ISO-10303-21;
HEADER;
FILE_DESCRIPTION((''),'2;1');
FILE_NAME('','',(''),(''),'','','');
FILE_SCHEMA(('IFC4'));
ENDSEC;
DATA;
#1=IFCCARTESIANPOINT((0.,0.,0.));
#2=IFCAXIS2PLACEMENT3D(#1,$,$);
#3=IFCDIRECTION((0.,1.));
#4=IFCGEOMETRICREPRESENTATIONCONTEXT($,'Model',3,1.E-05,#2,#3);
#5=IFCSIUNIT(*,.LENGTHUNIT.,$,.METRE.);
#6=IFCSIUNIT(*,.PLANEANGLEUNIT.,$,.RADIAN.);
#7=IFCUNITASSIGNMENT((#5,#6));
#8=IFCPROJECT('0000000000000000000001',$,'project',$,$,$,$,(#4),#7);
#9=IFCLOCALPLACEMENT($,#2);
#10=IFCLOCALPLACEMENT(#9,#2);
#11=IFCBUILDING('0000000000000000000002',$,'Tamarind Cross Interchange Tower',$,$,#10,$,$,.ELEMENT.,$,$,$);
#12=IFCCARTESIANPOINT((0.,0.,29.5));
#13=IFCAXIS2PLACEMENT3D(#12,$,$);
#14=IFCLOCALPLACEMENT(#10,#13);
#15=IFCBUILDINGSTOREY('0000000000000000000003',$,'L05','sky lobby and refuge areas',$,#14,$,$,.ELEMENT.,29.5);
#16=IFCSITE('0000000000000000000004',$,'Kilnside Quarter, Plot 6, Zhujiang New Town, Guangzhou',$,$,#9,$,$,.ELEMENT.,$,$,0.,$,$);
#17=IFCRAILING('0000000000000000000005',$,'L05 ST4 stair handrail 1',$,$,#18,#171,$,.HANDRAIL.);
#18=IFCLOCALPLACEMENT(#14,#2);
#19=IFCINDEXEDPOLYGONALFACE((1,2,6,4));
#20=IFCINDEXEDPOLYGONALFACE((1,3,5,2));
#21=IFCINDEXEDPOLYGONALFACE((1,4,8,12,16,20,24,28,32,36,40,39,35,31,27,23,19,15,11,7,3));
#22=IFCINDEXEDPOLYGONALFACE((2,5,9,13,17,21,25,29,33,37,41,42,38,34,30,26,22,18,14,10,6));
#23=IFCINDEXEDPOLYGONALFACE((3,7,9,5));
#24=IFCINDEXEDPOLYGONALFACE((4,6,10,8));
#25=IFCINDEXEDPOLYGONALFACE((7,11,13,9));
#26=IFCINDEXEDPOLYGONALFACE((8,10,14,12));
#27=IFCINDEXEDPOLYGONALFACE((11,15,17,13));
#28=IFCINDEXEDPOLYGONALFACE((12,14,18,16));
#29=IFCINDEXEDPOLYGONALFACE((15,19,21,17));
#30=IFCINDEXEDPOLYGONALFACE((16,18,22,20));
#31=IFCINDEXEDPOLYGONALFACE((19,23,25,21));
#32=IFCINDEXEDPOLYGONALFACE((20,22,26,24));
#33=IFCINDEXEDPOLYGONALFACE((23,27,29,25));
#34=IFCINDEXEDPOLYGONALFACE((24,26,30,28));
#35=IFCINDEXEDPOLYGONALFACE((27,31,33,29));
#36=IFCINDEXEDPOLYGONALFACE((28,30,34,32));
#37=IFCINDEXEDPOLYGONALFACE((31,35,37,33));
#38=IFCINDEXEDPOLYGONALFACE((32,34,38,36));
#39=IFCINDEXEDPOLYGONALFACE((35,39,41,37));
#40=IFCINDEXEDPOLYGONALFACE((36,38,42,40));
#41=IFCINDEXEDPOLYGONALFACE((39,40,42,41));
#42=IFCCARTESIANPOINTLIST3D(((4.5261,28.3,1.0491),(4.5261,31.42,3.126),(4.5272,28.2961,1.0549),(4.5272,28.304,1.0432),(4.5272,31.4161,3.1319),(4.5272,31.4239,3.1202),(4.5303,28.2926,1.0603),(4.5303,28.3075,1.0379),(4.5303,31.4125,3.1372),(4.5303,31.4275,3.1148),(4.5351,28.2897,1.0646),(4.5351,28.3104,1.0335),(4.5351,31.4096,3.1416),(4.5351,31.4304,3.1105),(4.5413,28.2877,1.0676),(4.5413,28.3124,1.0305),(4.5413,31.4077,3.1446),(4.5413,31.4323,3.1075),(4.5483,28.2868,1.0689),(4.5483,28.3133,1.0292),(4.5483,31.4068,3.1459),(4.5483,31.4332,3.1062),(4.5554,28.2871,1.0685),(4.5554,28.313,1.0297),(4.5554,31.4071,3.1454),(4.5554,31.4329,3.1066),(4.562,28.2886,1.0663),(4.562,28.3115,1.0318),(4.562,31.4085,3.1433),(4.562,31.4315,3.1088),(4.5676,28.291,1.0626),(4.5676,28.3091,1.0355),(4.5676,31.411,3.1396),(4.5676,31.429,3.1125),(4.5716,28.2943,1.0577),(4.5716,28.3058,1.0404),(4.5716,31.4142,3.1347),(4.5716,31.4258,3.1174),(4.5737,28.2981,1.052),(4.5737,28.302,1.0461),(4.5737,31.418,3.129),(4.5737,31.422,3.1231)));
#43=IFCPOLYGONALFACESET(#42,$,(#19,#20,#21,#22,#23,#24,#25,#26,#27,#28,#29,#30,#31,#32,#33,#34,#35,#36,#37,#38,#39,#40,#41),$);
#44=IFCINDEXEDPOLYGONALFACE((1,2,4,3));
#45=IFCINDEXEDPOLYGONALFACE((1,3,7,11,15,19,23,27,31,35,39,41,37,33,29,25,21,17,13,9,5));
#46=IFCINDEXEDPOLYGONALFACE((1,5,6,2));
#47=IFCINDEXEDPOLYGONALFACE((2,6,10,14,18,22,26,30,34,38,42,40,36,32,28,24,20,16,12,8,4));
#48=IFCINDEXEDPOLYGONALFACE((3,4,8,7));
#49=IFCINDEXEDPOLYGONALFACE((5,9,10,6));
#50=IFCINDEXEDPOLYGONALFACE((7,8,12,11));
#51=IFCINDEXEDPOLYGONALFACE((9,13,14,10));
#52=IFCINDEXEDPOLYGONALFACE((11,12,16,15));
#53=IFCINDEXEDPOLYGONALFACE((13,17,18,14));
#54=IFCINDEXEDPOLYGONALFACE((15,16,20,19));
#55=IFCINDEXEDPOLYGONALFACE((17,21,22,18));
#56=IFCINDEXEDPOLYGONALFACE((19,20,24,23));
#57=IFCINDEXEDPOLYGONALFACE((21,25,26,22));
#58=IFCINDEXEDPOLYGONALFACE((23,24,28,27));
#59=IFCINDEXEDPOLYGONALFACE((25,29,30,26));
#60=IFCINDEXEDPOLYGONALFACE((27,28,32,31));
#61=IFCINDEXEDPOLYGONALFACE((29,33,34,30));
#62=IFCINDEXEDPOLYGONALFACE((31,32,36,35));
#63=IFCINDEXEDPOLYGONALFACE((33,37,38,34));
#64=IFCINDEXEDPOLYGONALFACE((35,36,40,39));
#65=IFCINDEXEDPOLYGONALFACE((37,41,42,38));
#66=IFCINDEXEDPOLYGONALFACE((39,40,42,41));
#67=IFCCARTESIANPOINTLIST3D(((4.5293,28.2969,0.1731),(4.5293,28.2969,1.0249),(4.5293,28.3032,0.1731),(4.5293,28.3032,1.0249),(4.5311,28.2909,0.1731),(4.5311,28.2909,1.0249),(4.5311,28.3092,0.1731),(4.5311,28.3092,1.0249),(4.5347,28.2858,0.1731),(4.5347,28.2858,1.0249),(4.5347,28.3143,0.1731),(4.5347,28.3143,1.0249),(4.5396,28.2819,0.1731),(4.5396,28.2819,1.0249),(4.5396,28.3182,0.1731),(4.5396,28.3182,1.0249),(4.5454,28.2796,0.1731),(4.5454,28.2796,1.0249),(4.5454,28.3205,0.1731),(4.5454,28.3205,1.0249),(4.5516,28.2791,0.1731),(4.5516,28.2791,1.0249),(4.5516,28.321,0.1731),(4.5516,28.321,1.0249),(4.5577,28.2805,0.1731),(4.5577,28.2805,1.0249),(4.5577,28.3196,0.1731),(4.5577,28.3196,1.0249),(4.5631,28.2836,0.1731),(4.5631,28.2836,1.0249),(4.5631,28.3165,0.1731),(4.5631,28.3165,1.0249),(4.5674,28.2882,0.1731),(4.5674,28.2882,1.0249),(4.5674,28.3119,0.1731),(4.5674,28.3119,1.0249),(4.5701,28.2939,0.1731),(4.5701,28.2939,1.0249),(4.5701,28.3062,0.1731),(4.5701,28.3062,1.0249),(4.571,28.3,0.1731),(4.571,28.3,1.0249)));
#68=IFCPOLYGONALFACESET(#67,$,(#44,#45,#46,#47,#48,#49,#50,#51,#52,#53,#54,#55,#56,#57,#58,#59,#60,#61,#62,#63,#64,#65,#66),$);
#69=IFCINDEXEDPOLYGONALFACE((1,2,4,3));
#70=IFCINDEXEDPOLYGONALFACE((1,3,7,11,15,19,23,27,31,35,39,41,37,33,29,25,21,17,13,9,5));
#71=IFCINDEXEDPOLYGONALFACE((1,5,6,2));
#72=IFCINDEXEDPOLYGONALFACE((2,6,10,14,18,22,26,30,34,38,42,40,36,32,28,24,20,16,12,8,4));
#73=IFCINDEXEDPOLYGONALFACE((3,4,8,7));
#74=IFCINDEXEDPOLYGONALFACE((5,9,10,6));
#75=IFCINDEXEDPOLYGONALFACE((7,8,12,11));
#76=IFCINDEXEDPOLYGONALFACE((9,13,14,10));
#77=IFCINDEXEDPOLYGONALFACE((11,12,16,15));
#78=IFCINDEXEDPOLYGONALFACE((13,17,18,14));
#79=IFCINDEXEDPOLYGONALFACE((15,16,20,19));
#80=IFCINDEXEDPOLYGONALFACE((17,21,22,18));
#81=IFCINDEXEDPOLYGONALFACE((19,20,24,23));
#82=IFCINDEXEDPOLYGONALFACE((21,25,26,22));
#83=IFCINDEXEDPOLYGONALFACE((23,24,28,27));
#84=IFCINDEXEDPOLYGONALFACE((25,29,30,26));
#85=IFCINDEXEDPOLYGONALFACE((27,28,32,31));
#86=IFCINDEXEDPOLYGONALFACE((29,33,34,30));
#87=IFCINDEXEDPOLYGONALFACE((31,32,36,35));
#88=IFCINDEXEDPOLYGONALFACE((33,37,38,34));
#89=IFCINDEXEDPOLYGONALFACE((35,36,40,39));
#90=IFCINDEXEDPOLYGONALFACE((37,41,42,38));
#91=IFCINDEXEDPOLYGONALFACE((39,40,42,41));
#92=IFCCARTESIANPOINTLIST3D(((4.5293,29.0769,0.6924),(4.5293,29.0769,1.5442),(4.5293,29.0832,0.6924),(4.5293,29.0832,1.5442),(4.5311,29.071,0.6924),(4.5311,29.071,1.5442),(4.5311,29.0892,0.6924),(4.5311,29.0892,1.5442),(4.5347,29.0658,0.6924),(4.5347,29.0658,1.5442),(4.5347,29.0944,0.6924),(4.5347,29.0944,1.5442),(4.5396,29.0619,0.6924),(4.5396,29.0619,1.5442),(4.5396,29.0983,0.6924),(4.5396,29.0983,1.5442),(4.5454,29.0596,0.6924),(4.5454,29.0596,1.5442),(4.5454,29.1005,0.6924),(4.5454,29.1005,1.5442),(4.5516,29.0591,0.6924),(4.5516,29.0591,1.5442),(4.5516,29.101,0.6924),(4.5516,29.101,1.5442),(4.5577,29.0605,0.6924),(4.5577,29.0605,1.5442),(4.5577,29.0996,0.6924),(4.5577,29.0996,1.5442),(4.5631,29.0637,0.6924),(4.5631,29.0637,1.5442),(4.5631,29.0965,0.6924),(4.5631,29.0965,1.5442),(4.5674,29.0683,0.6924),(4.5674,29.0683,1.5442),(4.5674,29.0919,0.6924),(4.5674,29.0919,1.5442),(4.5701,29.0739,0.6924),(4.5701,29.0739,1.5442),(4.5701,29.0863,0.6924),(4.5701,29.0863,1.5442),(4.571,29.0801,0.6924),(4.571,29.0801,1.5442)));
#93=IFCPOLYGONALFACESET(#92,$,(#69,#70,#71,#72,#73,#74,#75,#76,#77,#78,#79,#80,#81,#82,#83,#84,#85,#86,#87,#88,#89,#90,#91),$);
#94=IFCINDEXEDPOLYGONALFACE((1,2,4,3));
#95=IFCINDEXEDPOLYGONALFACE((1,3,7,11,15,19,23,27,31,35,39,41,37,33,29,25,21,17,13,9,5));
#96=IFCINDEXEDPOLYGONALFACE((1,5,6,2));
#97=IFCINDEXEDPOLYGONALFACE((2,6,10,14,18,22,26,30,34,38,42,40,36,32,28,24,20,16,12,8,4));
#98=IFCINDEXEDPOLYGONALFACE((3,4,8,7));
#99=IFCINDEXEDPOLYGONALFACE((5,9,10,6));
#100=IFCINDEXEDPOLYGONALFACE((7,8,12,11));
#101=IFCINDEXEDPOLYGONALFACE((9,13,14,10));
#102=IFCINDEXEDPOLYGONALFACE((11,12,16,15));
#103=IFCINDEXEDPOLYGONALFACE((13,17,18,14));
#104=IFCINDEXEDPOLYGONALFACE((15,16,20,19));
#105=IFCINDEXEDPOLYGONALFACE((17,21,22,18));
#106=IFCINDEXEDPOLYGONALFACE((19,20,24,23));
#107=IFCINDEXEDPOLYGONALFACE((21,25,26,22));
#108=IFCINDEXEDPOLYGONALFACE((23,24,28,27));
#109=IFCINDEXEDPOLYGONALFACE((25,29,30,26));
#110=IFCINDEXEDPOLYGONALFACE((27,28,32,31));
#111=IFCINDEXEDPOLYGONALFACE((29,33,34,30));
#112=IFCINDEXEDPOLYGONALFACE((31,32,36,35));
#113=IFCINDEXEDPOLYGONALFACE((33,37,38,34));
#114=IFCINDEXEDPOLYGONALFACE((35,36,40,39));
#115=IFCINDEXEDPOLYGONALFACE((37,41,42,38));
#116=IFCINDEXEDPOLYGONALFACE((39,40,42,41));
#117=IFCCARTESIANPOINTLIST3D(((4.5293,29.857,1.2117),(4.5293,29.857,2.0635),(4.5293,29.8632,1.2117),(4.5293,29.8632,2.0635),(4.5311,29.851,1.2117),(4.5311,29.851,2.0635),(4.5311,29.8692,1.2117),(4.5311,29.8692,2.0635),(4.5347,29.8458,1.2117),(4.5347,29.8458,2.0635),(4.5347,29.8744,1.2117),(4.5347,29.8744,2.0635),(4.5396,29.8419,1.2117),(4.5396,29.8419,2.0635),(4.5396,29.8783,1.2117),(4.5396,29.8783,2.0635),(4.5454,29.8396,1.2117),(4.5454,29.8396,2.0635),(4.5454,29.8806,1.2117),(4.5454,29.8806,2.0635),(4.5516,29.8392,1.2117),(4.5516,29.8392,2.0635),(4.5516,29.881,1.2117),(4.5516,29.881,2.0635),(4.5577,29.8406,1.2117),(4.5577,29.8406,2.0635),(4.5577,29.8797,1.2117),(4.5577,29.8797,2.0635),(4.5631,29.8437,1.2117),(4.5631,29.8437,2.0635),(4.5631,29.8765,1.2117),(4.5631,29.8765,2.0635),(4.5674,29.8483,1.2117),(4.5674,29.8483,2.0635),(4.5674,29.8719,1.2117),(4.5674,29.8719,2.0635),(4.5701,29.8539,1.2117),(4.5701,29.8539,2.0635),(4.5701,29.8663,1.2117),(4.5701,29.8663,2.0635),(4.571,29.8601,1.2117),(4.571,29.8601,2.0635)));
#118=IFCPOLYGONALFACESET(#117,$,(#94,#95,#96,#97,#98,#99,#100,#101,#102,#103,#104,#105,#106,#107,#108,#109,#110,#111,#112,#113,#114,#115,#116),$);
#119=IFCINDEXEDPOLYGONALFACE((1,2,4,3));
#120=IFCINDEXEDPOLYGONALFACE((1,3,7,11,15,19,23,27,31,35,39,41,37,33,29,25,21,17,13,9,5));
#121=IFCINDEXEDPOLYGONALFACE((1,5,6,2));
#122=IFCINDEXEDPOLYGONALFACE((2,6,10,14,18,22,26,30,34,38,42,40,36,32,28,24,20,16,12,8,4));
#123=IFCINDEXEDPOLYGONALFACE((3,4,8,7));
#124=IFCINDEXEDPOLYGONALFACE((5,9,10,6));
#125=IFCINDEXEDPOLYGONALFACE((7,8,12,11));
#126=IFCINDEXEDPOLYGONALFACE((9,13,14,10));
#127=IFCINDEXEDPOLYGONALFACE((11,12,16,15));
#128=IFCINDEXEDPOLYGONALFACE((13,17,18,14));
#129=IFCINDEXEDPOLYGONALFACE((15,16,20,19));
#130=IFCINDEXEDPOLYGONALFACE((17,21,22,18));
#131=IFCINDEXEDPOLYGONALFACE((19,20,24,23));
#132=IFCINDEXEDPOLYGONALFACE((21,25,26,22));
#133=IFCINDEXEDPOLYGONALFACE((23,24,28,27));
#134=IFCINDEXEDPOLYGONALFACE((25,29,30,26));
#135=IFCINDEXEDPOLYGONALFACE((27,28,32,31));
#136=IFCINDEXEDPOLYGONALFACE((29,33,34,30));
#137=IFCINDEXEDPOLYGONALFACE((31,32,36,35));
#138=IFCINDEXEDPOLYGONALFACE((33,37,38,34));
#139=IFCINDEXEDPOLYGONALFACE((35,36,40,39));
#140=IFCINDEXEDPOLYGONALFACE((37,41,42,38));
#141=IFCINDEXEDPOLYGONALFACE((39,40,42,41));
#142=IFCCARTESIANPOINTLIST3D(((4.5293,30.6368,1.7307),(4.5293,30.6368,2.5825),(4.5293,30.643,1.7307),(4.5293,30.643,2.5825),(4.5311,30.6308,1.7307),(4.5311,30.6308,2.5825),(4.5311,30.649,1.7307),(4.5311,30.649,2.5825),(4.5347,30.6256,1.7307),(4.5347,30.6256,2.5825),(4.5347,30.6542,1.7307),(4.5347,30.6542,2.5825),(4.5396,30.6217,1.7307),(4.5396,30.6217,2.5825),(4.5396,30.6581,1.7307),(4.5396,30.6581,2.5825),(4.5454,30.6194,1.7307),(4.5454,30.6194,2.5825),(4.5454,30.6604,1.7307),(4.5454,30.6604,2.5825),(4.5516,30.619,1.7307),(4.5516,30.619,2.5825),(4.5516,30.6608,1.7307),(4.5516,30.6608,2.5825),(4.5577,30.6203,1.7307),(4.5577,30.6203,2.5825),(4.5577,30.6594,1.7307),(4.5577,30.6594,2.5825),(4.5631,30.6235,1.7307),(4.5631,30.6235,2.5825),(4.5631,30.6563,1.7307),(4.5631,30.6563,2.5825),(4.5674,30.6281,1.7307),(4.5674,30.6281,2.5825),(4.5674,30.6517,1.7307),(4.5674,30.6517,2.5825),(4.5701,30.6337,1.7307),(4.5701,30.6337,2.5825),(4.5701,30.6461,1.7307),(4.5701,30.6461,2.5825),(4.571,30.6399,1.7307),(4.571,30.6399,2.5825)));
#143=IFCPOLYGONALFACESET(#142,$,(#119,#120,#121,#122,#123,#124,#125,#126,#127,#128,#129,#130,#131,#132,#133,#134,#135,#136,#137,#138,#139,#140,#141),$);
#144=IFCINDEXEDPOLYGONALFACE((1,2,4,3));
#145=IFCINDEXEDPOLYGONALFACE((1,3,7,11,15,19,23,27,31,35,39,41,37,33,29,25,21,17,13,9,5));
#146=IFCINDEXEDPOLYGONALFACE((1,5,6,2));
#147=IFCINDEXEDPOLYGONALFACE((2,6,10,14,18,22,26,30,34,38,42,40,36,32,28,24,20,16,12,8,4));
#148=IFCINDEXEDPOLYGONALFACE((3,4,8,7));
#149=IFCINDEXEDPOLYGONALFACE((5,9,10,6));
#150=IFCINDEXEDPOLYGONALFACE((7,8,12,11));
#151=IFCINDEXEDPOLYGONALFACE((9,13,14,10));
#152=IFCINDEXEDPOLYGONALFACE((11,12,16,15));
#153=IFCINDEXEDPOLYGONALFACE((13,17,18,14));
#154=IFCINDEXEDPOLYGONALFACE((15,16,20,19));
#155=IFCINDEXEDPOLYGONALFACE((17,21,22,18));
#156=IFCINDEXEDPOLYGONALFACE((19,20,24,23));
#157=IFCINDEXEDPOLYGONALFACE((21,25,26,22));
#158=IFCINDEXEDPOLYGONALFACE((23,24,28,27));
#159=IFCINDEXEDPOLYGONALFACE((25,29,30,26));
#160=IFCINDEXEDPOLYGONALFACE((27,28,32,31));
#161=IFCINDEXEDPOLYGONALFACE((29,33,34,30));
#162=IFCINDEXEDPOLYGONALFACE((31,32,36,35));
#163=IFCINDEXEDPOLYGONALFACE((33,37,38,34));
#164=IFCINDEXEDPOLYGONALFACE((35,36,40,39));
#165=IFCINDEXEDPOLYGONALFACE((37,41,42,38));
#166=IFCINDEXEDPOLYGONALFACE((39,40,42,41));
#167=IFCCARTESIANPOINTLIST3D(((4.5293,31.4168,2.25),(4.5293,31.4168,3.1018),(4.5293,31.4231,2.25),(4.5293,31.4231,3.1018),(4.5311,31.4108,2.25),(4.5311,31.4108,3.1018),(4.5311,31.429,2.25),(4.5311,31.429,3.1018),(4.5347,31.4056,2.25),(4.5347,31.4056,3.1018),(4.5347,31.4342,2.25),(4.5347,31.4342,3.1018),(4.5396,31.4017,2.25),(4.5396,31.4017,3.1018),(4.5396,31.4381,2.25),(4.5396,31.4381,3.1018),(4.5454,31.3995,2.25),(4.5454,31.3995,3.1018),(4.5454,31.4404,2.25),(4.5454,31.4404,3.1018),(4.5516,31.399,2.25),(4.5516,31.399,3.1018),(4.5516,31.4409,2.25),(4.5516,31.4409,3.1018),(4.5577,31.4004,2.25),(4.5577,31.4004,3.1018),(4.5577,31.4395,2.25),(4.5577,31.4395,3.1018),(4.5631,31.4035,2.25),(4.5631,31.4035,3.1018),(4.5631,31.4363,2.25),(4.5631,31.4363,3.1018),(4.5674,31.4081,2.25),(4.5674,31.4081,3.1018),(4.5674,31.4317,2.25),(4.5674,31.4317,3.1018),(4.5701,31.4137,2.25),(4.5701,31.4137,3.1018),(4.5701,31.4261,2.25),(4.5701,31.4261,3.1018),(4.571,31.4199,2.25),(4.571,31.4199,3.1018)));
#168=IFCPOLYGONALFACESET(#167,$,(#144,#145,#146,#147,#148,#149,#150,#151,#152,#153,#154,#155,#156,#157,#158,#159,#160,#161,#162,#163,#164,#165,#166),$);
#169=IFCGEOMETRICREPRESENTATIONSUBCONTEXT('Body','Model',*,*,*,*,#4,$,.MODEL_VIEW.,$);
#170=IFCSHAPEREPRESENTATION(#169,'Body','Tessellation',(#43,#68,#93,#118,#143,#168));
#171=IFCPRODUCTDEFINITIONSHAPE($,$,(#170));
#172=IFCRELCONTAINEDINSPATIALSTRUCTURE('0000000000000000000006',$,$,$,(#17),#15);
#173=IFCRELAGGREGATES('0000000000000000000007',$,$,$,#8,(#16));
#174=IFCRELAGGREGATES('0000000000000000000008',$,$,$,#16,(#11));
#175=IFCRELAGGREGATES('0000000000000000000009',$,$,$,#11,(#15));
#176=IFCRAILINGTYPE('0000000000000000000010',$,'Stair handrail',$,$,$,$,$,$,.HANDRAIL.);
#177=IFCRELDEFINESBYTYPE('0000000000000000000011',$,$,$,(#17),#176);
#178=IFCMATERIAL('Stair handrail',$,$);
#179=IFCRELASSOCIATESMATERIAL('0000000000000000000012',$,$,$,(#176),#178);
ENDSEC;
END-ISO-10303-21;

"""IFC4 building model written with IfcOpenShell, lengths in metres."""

from ifc_helpers import new_model, si_unit, direction, frame, origin, origin_2d, place, context, subcontext, project, spatial, circle, extrude, material, type_object, element, save


model = new_model("IFC4")

# Units and contexts
model_context = context("Model", 3, precision=1e-05, world=origin(), true_north=direction((0.0, 1.0)))
body_context = subcontext(model_context, "Body", "Model", "MODEL_VIEW")
ifc_project = project(units=[si_unit("LENGTHUNIT", "METRE"), si_unit("PLANEANGLEUNIT", "RADIAN")], contexts=[model_context])

# Site, building, storey
site_placement = place(None, origin())
site = spatial("IfcSite", under=ifc_project, at=site_placement, Name="Kilnside Quarter, Plot 6, Zhujiang New Town, Guangzhou", CompositionType="ELEMENT", RefElevation=0.0)
building_placement = place(site_placement, origin())
building = spatial("IfcBuilding", under=site, at=building_placement, Name="Tamarind Cross Interchange Tower", CompositionType="ELEMENT")
storey_placement = place(building_placement, frame((0.0, 0.0, 29.5)))
storey = spatial("IfcBuildingStorey", under=building, at=storey_placement, Name="L05", Description="sky lobby and refuge areas", CompositionType="ELEMENT", Elevation=29.5)

# Railing
ifc_material_1 = material(Name="Stair handrail")
railing_type_1 = type_object("IfcRailingType", Name="Stair handrail", PredefinedType="HANDRAIL", material=ifc_material_1)
railing_1_placement = place(storey_placement, frame((4.55, 28.3, 0.1731)))
element("IfcRailing", 1, at=railing_1_placement, inside=storey, type_object=railing_type_1, Name="L05 ST4 stair handrail 1", PredefinedType="HANDRAIL", context=body_context, shape_type="SweptSolid", body=[
    extrude(circle(Radius=0.0239, at=origin_2d()), frame((0.0, 0.0, 0.876), z_axis=(0.0, 0.832421, 0.554144), x_axis=(-1.0, 0.0, 0.0)), (0.0, 0.0, 1.0), 3.748),
    extrude(circle(Radius=0.021, at=origin_2d()), origin(), (0.0, 0.0, 1.0), 0.8518),
    extrude(circle(Radius=0.021, at=origin_2d()), frame((0.0, 0.78, 0.5193)), (0.0, 0.0, 1.0), 0.8518),
    extrude(circle(Radius=0.021, at=origin_2d()), frame((0.0, 1.5601, 1.0386)), (0.0, 0.0, 1.0), 0.8518),
    extrude(circle(Radius=0.021, at=origin_2d()), frame((0.0, 2.3398, 1.5576)), (0.0, 0.0, 1.0), 0.8518),
    extrude(circle(Radius=0.021, at=origin_2d()), frame((0.0, 3.1199, 2.0769)), (0.0, 0.0, 1.0), 0.8518),
])

save(model, "model.ifc")
